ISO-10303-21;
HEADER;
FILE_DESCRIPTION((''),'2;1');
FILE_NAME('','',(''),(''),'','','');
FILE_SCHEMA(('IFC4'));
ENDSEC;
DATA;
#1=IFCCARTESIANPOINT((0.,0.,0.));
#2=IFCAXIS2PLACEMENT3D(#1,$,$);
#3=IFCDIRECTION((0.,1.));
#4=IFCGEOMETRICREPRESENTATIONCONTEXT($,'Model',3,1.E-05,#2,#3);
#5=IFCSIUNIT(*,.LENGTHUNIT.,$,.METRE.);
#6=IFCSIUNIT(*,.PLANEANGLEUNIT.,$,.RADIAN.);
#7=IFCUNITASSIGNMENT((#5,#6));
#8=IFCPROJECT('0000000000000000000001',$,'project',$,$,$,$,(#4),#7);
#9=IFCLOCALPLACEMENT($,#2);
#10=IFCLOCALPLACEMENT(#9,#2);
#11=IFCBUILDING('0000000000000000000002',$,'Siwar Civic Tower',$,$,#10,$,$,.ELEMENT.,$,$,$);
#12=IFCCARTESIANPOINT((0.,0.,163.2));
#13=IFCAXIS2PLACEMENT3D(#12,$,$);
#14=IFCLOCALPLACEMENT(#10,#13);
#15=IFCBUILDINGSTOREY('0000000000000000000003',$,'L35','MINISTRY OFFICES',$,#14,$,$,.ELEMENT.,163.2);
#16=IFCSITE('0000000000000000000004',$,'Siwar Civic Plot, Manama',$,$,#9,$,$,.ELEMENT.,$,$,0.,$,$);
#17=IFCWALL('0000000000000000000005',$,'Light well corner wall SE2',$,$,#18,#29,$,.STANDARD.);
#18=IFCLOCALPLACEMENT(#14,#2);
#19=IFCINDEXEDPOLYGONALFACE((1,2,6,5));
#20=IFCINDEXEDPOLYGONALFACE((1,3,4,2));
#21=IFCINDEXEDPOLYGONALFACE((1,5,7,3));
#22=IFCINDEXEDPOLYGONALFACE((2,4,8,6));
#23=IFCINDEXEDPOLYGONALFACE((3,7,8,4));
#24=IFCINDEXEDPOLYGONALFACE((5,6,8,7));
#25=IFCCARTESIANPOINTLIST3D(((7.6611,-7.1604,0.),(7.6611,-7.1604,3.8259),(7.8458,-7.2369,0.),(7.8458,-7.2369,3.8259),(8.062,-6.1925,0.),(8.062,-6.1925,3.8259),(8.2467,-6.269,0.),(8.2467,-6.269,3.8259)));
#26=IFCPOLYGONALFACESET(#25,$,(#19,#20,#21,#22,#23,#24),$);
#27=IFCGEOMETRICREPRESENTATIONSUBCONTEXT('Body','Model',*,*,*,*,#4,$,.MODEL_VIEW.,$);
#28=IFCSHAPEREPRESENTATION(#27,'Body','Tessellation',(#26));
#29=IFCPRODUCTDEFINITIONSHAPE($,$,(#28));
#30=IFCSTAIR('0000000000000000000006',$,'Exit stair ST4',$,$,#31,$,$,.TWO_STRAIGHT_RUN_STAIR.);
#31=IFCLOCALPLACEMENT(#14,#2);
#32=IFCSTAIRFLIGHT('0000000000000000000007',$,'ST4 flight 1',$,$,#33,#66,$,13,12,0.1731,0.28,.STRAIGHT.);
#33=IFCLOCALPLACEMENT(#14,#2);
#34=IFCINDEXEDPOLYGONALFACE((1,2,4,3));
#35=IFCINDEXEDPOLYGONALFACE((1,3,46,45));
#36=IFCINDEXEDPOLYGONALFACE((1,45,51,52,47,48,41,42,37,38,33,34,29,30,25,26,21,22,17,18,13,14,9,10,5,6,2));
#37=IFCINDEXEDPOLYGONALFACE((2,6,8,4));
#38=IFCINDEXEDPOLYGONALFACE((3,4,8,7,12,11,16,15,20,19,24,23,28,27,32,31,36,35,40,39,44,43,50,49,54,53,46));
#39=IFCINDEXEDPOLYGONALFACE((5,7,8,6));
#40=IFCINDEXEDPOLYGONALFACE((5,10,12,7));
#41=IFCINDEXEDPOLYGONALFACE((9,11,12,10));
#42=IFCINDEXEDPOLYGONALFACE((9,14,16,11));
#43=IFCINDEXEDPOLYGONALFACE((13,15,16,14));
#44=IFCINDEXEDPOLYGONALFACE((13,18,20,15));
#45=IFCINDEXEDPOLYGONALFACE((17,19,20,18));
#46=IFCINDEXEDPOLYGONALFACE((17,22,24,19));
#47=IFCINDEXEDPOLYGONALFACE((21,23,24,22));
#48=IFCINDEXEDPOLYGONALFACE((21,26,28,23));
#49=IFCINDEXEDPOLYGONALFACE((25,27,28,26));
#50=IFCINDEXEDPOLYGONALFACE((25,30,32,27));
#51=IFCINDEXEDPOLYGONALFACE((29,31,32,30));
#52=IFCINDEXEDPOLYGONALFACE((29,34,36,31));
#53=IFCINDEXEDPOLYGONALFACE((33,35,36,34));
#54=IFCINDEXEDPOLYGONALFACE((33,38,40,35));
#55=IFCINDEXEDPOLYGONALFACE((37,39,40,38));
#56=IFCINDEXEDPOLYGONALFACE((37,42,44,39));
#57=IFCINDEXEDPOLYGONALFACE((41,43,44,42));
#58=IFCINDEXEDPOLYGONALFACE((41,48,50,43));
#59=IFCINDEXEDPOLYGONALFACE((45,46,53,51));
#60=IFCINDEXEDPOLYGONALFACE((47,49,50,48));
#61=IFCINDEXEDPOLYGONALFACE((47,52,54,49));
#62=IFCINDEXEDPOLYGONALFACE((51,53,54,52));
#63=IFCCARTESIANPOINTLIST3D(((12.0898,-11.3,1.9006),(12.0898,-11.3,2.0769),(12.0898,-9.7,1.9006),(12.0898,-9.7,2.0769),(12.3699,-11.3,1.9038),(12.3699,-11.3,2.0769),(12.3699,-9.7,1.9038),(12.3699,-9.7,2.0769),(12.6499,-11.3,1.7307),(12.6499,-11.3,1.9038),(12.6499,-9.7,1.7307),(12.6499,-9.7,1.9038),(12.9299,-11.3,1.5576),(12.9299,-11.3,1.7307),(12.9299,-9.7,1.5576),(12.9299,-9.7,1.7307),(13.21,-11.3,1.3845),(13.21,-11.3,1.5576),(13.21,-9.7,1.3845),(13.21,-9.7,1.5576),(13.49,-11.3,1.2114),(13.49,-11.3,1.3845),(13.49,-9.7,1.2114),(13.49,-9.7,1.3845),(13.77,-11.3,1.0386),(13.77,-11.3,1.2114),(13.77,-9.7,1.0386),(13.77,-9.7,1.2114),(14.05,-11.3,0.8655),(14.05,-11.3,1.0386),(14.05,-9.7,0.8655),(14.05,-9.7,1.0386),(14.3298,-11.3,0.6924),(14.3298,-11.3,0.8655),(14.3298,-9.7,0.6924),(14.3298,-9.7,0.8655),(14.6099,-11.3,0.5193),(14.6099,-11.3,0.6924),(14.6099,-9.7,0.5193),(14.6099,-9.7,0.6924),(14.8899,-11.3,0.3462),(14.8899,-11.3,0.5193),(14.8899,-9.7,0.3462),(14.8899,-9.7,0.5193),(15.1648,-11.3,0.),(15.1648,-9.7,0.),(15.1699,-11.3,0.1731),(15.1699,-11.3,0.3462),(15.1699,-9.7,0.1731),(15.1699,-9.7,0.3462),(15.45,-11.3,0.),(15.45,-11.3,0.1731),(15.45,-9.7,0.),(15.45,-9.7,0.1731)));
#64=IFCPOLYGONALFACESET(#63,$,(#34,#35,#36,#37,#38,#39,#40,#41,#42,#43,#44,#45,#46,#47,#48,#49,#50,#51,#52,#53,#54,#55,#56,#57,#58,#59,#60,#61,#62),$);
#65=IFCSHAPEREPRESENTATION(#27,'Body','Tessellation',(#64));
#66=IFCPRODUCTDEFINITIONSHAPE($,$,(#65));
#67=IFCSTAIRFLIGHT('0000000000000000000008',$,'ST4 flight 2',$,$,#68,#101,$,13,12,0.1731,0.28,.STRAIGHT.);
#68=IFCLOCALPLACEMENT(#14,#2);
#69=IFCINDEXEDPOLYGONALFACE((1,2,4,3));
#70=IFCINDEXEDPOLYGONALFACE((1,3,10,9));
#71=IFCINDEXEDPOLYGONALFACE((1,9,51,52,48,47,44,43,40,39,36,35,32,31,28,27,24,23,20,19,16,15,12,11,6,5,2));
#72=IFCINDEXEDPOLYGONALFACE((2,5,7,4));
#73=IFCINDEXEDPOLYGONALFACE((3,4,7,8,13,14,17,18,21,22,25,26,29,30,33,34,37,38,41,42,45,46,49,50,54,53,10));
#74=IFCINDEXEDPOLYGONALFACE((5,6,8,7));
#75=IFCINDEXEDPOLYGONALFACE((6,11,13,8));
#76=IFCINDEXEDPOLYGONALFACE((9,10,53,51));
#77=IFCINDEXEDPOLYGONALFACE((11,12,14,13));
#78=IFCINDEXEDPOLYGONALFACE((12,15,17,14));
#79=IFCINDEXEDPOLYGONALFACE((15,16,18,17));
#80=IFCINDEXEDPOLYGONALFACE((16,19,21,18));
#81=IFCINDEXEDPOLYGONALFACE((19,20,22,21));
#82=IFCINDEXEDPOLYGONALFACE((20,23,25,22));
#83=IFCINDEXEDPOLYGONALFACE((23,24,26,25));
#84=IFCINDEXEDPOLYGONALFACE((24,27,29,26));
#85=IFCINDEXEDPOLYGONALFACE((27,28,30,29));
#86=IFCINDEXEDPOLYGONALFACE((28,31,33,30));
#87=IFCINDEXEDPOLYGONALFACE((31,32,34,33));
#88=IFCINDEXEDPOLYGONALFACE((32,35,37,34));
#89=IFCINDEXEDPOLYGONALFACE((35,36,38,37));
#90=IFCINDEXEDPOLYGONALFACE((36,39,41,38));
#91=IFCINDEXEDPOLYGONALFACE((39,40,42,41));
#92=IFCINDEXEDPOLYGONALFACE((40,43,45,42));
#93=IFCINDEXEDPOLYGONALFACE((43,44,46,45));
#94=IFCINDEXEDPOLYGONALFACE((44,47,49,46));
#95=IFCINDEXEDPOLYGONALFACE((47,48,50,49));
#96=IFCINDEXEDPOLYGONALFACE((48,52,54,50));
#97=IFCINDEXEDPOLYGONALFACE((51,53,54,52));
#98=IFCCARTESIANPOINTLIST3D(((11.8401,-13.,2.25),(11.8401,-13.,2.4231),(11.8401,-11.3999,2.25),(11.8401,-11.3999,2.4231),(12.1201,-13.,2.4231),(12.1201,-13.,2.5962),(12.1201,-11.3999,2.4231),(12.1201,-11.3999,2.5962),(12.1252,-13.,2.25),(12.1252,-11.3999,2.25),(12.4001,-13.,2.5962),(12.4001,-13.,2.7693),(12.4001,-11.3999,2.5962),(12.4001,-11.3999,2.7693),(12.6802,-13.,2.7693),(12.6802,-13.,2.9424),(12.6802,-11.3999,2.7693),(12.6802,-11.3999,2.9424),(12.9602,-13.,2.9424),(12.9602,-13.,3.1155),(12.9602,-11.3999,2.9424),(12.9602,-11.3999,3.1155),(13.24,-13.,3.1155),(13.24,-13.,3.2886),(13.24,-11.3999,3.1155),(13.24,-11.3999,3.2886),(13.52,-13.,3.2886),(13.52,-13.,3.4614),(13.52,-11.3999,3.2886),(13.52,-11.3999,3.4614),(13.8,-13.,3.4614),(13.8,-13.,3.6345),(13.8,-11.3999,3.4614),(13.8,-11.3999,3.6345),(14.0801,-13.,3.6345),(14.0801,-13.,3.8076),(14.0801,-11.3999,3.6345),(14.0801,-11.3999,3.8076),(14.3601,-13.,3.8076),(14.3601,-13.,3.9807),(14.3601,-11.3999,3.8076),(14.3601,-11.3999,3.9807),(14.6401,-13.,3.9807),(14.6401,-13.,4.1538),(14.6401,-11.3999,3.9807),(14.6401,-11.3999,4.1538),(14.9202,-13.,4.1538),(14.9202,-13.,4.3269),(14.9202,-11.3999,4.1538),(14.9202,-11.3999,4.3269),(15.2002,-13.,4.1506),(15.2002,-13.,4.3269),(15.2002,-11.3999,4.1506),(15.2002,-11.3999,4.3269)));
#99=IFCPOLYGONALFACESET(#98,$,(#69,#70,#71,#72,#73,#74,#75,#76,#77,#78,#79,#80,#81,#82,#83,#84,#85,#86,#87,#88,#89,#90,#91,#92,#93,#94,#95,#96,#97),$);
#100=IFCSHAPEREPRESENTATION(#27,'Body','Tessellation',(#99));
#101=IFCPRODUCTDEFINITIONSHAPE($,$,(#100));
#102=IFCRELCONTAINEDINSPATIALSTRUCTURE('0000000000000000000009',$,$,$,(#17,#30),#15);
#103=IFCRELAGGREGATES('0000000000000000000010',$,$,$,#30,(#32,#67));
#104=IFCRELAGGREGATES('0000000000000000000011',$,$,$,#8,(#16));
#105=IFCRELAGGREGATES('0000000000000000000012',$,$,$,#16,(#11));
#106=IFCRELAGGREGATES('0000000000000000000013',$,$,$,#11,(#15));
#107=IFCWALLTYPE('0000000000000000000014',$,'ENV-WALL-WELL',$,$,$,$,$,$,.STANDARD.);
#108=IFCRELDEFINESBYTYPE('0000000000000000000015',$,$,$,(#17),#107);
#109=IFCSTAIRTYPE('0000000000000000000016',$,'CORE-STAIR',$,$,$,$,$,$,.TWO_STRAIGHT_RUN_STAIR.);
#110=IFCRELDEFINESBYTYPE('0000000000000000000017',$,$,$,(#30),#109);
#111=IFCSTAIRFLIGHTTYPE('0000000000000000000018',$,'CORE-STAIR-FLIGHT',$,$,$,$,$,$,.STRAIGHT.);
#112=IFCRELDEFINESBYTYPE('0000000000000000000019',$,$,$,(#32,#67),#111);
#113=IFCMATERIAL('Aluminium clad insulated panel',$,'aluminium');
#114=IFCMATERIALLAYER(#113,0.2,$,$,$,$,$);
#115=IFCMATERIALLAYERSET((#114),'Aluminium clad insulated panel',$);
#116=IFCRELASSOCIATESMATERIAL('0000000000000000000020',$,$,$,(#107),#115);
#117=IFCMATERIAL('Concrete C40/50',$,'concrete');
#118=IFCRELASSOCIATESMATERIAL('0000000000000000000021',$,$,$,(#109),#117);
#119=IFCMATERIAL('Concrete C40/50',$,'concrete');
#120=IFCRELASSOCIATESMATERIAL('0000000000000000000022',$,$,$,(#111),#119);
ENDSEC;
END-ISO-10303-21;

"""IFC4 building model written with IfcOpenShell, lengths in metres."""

from ifc_helpers import new_model, si_unit, direction, frame, frame_2d, origin, place, context, subcontext, project, spatial, polyline, rectangle, outline, extrude, material, layer, layer_set, type_object, element, aggregate, save


model = new_model("IFC4")

# Units and contexts
model_context = context("Model", 3, precision=1e-05, world=origin(), true_north=direction((0.0, 1.0)))
body_context = subcontext(model_context, "Body", "Model", "MODEL_VIEW")
ifc_project = project(units=[si_unit("LENGTHUNIT", "METRE"), si_unit("PLANEANGLEUNIT", "RADIAN")], contexts=[model_context])

# Site, building, storey
site_placement = place(None, origin())
site = spatial("IfcSite", under=ifc_project, at=site_placement, Name="Siwar Civic Plot, Manama", CompositionType="ELEMENT", RefElevation=0.0)
building_placement = place(site_placement, origin())
building = spatial("IfcBuilding", under=site, at=building_placement, Name="Siwar Civic Tower", CompositionType="ELEMENT")
storey_placement = place(building_placement, frame((0.0, 0.0, 163.2)))
storey = spatial("IfcBuildingStorey", under=building, at=storey_placement, Name="L35", Description="MINISTRY OFFICES", CompositionType="ELEMENT", Elevation=163.2)

# Wall
ifc_material_1 = material(Name="Aluminium clad insulated panel", Category="aluminium")
ifc_layer_1 = layer(ifc_material_1, 0.2)
ifc_layer_set_1 = layer_set([ifc_layer_1], Name="Aluminium clad insulated panel")
wall_type_1 = type_object("IfcWallType", Name="ENV-WALL-WELL", PredefinedType="STANDARD", material=ifc_layer_set_1)
wall_1_placement = place(storey_placement, frame((7.7534, -7.1987, 0.0), z_axis=(0.0, 0.0, 1.0), x_axis=(0.382695, 0.923875, 0.0)))
element("IfcWall", 1, at=wall_1_placement, inside=storey, type_object=wall_type_1, Name="Light well corner wall SE2", PredefinedType="STANDARD", context=body_context, shape_type="SweptSolid", body=[
    extrude(rectangle(XDim=1.0476, YDim=0.2, at=frame_2d((0.5239, 0.0))), origin(), (0.0, 0.0, 1.0), 3.8259),
])

# Stair, stair flights
ifc_material_2 = material(Name="Concrete C40/50", Category="concrete")
stair_type = type_object("IfcStairType", Name="CORE-STAIR", PredefinedType="TWO_STRAIGHT_RUN_STAIR", material=ifc_material_2)
stair_placement = place(storey_placement, origin())
stair = element("IfcStair", 2, at=stair_placement, inside=storey, type_object=stair_type, Name="Exit stair ST4", PredefinedType="TWO_STRAIGHT_RUN_STAIR")
ifc_material_3 = material(Name="Concrete C40/50", Category="concrete")
stair_flight_type = type_object("IfcStairFlightType", Name="CORE-STAIR-FLIGHT", PredefinedType="STRAIGHT", material=ifc_material_3)
stair_flight_1_placement = place(storey_placement, frame((15.45, -10.5, 0.0), z_axis=(0.0, 0.0, 1.0), x_axis=(-1.0, 0.0, 0.0)))
stair_flight_1 = element("IfcStairFlight", 3, at=stair_flight_1_placement, type_object=stair_flight_type, Name="ST4 flight 1", NumberOfRisers=13, NumberOfTreads=12, PredefinedType="STRAIGHT", RiserHeight=0.1731, TreadLength=0.28, context=body_context, shape_type="SweptSolid", body=[
    extrude(outline(polyline([(0.0, 0.0), (0.0, 0.1731), (0.28, 0.1731), (0.28, 0.3462), (0.5601, 0.3462), (0.5601, 0.5193), (0.8401, 0.5193), (0.8401, 0.6924), (1.1201, 0.6924), (1.1201, 0.8655), (1.3999, 0.8655), (1.3999, 1.0386), (1.6799, 1.0386), (1.6799, 1.2114), (1.96, 1.2114), (1.96, 1.3845), (2.24, 1.3845), (2.24, 1.5576), (2.52, 1.5576), (2.52, 1.7307), (2.8, 1.7307), (2.8, 1.9038), (3.0801, 1.9038), (3.0801, 2.0769), (3.3601, 2.0769), (3.3601, 2.25), (3.3601, 1.9006), (0.2852, 0.0), (0.0, 0.0)])), frame((0.0, 0.8, 0.0), z_axis=(0.0, -1.0, 0.0), x_axis=(1.0, 0.0, 0.0)), (0.0, 0.0, 1.0), 1.6001),
])
stair_flight_2_placement = place(storey_placement, frame((11.8401, -12.2, 2.25), z_axis=(0.0, 0.0, 1.0), x_axis=(1.0, 0.0, 0.0)))
stair_flight_2 = element("IfcStairFlight", 4, at=stair_flight_2_placement, type_object=stair_flight_type, Name="ST4 flight 2", NumberOfRisers=13, NumberOfTreads=12, PredefinedType="STRAIGHT", RiserHeight=0.1731, TreadLength=0.28, context=body_context, shape_type="SweptSolid", body=[
    extrude(outline(polyline([(0.0, 0.0), (0.0, 0.1731), (0.28, 0.1731), (0.28, 0.3462), (0.5601, 0.3462), (0.5601, 0.5193), (0.8401, 0.5193), (0.8401, 0.6924), (1.1201, 0.6924), (1.1201, 0.8655), (1.3999, 0.8655), (1.3999, 1.0386), (1.6799, 1.0386), (1.6799, 1.2114), (1.96, 1.2114), (1.96, 1.3845), (2.24, 1.3845), (2.24, 1.5576), (2.52, 1.5576), (2.52, 1.7307), (2.8, 1.7307), (2.8, 1.9038), (3.0801, 1.9038), (3.0801, 2.0769), (3.3601, 2.0769), (3.3601, 2.25), (3.3601, 1.9006), (0.2852, 0.0), (0.0, 0.0)])), frame((0.0, 0.8, 0.0), z_axis=(0.0, -1.0, 0.0), x_axis=(1.0, 0.0, 0.0)), (0.0, 0.0, 1.0), 1.6001),
])
aggregate(stair, [stair_flight_1, stair_flight_2])

save(model, "model.ifc")
